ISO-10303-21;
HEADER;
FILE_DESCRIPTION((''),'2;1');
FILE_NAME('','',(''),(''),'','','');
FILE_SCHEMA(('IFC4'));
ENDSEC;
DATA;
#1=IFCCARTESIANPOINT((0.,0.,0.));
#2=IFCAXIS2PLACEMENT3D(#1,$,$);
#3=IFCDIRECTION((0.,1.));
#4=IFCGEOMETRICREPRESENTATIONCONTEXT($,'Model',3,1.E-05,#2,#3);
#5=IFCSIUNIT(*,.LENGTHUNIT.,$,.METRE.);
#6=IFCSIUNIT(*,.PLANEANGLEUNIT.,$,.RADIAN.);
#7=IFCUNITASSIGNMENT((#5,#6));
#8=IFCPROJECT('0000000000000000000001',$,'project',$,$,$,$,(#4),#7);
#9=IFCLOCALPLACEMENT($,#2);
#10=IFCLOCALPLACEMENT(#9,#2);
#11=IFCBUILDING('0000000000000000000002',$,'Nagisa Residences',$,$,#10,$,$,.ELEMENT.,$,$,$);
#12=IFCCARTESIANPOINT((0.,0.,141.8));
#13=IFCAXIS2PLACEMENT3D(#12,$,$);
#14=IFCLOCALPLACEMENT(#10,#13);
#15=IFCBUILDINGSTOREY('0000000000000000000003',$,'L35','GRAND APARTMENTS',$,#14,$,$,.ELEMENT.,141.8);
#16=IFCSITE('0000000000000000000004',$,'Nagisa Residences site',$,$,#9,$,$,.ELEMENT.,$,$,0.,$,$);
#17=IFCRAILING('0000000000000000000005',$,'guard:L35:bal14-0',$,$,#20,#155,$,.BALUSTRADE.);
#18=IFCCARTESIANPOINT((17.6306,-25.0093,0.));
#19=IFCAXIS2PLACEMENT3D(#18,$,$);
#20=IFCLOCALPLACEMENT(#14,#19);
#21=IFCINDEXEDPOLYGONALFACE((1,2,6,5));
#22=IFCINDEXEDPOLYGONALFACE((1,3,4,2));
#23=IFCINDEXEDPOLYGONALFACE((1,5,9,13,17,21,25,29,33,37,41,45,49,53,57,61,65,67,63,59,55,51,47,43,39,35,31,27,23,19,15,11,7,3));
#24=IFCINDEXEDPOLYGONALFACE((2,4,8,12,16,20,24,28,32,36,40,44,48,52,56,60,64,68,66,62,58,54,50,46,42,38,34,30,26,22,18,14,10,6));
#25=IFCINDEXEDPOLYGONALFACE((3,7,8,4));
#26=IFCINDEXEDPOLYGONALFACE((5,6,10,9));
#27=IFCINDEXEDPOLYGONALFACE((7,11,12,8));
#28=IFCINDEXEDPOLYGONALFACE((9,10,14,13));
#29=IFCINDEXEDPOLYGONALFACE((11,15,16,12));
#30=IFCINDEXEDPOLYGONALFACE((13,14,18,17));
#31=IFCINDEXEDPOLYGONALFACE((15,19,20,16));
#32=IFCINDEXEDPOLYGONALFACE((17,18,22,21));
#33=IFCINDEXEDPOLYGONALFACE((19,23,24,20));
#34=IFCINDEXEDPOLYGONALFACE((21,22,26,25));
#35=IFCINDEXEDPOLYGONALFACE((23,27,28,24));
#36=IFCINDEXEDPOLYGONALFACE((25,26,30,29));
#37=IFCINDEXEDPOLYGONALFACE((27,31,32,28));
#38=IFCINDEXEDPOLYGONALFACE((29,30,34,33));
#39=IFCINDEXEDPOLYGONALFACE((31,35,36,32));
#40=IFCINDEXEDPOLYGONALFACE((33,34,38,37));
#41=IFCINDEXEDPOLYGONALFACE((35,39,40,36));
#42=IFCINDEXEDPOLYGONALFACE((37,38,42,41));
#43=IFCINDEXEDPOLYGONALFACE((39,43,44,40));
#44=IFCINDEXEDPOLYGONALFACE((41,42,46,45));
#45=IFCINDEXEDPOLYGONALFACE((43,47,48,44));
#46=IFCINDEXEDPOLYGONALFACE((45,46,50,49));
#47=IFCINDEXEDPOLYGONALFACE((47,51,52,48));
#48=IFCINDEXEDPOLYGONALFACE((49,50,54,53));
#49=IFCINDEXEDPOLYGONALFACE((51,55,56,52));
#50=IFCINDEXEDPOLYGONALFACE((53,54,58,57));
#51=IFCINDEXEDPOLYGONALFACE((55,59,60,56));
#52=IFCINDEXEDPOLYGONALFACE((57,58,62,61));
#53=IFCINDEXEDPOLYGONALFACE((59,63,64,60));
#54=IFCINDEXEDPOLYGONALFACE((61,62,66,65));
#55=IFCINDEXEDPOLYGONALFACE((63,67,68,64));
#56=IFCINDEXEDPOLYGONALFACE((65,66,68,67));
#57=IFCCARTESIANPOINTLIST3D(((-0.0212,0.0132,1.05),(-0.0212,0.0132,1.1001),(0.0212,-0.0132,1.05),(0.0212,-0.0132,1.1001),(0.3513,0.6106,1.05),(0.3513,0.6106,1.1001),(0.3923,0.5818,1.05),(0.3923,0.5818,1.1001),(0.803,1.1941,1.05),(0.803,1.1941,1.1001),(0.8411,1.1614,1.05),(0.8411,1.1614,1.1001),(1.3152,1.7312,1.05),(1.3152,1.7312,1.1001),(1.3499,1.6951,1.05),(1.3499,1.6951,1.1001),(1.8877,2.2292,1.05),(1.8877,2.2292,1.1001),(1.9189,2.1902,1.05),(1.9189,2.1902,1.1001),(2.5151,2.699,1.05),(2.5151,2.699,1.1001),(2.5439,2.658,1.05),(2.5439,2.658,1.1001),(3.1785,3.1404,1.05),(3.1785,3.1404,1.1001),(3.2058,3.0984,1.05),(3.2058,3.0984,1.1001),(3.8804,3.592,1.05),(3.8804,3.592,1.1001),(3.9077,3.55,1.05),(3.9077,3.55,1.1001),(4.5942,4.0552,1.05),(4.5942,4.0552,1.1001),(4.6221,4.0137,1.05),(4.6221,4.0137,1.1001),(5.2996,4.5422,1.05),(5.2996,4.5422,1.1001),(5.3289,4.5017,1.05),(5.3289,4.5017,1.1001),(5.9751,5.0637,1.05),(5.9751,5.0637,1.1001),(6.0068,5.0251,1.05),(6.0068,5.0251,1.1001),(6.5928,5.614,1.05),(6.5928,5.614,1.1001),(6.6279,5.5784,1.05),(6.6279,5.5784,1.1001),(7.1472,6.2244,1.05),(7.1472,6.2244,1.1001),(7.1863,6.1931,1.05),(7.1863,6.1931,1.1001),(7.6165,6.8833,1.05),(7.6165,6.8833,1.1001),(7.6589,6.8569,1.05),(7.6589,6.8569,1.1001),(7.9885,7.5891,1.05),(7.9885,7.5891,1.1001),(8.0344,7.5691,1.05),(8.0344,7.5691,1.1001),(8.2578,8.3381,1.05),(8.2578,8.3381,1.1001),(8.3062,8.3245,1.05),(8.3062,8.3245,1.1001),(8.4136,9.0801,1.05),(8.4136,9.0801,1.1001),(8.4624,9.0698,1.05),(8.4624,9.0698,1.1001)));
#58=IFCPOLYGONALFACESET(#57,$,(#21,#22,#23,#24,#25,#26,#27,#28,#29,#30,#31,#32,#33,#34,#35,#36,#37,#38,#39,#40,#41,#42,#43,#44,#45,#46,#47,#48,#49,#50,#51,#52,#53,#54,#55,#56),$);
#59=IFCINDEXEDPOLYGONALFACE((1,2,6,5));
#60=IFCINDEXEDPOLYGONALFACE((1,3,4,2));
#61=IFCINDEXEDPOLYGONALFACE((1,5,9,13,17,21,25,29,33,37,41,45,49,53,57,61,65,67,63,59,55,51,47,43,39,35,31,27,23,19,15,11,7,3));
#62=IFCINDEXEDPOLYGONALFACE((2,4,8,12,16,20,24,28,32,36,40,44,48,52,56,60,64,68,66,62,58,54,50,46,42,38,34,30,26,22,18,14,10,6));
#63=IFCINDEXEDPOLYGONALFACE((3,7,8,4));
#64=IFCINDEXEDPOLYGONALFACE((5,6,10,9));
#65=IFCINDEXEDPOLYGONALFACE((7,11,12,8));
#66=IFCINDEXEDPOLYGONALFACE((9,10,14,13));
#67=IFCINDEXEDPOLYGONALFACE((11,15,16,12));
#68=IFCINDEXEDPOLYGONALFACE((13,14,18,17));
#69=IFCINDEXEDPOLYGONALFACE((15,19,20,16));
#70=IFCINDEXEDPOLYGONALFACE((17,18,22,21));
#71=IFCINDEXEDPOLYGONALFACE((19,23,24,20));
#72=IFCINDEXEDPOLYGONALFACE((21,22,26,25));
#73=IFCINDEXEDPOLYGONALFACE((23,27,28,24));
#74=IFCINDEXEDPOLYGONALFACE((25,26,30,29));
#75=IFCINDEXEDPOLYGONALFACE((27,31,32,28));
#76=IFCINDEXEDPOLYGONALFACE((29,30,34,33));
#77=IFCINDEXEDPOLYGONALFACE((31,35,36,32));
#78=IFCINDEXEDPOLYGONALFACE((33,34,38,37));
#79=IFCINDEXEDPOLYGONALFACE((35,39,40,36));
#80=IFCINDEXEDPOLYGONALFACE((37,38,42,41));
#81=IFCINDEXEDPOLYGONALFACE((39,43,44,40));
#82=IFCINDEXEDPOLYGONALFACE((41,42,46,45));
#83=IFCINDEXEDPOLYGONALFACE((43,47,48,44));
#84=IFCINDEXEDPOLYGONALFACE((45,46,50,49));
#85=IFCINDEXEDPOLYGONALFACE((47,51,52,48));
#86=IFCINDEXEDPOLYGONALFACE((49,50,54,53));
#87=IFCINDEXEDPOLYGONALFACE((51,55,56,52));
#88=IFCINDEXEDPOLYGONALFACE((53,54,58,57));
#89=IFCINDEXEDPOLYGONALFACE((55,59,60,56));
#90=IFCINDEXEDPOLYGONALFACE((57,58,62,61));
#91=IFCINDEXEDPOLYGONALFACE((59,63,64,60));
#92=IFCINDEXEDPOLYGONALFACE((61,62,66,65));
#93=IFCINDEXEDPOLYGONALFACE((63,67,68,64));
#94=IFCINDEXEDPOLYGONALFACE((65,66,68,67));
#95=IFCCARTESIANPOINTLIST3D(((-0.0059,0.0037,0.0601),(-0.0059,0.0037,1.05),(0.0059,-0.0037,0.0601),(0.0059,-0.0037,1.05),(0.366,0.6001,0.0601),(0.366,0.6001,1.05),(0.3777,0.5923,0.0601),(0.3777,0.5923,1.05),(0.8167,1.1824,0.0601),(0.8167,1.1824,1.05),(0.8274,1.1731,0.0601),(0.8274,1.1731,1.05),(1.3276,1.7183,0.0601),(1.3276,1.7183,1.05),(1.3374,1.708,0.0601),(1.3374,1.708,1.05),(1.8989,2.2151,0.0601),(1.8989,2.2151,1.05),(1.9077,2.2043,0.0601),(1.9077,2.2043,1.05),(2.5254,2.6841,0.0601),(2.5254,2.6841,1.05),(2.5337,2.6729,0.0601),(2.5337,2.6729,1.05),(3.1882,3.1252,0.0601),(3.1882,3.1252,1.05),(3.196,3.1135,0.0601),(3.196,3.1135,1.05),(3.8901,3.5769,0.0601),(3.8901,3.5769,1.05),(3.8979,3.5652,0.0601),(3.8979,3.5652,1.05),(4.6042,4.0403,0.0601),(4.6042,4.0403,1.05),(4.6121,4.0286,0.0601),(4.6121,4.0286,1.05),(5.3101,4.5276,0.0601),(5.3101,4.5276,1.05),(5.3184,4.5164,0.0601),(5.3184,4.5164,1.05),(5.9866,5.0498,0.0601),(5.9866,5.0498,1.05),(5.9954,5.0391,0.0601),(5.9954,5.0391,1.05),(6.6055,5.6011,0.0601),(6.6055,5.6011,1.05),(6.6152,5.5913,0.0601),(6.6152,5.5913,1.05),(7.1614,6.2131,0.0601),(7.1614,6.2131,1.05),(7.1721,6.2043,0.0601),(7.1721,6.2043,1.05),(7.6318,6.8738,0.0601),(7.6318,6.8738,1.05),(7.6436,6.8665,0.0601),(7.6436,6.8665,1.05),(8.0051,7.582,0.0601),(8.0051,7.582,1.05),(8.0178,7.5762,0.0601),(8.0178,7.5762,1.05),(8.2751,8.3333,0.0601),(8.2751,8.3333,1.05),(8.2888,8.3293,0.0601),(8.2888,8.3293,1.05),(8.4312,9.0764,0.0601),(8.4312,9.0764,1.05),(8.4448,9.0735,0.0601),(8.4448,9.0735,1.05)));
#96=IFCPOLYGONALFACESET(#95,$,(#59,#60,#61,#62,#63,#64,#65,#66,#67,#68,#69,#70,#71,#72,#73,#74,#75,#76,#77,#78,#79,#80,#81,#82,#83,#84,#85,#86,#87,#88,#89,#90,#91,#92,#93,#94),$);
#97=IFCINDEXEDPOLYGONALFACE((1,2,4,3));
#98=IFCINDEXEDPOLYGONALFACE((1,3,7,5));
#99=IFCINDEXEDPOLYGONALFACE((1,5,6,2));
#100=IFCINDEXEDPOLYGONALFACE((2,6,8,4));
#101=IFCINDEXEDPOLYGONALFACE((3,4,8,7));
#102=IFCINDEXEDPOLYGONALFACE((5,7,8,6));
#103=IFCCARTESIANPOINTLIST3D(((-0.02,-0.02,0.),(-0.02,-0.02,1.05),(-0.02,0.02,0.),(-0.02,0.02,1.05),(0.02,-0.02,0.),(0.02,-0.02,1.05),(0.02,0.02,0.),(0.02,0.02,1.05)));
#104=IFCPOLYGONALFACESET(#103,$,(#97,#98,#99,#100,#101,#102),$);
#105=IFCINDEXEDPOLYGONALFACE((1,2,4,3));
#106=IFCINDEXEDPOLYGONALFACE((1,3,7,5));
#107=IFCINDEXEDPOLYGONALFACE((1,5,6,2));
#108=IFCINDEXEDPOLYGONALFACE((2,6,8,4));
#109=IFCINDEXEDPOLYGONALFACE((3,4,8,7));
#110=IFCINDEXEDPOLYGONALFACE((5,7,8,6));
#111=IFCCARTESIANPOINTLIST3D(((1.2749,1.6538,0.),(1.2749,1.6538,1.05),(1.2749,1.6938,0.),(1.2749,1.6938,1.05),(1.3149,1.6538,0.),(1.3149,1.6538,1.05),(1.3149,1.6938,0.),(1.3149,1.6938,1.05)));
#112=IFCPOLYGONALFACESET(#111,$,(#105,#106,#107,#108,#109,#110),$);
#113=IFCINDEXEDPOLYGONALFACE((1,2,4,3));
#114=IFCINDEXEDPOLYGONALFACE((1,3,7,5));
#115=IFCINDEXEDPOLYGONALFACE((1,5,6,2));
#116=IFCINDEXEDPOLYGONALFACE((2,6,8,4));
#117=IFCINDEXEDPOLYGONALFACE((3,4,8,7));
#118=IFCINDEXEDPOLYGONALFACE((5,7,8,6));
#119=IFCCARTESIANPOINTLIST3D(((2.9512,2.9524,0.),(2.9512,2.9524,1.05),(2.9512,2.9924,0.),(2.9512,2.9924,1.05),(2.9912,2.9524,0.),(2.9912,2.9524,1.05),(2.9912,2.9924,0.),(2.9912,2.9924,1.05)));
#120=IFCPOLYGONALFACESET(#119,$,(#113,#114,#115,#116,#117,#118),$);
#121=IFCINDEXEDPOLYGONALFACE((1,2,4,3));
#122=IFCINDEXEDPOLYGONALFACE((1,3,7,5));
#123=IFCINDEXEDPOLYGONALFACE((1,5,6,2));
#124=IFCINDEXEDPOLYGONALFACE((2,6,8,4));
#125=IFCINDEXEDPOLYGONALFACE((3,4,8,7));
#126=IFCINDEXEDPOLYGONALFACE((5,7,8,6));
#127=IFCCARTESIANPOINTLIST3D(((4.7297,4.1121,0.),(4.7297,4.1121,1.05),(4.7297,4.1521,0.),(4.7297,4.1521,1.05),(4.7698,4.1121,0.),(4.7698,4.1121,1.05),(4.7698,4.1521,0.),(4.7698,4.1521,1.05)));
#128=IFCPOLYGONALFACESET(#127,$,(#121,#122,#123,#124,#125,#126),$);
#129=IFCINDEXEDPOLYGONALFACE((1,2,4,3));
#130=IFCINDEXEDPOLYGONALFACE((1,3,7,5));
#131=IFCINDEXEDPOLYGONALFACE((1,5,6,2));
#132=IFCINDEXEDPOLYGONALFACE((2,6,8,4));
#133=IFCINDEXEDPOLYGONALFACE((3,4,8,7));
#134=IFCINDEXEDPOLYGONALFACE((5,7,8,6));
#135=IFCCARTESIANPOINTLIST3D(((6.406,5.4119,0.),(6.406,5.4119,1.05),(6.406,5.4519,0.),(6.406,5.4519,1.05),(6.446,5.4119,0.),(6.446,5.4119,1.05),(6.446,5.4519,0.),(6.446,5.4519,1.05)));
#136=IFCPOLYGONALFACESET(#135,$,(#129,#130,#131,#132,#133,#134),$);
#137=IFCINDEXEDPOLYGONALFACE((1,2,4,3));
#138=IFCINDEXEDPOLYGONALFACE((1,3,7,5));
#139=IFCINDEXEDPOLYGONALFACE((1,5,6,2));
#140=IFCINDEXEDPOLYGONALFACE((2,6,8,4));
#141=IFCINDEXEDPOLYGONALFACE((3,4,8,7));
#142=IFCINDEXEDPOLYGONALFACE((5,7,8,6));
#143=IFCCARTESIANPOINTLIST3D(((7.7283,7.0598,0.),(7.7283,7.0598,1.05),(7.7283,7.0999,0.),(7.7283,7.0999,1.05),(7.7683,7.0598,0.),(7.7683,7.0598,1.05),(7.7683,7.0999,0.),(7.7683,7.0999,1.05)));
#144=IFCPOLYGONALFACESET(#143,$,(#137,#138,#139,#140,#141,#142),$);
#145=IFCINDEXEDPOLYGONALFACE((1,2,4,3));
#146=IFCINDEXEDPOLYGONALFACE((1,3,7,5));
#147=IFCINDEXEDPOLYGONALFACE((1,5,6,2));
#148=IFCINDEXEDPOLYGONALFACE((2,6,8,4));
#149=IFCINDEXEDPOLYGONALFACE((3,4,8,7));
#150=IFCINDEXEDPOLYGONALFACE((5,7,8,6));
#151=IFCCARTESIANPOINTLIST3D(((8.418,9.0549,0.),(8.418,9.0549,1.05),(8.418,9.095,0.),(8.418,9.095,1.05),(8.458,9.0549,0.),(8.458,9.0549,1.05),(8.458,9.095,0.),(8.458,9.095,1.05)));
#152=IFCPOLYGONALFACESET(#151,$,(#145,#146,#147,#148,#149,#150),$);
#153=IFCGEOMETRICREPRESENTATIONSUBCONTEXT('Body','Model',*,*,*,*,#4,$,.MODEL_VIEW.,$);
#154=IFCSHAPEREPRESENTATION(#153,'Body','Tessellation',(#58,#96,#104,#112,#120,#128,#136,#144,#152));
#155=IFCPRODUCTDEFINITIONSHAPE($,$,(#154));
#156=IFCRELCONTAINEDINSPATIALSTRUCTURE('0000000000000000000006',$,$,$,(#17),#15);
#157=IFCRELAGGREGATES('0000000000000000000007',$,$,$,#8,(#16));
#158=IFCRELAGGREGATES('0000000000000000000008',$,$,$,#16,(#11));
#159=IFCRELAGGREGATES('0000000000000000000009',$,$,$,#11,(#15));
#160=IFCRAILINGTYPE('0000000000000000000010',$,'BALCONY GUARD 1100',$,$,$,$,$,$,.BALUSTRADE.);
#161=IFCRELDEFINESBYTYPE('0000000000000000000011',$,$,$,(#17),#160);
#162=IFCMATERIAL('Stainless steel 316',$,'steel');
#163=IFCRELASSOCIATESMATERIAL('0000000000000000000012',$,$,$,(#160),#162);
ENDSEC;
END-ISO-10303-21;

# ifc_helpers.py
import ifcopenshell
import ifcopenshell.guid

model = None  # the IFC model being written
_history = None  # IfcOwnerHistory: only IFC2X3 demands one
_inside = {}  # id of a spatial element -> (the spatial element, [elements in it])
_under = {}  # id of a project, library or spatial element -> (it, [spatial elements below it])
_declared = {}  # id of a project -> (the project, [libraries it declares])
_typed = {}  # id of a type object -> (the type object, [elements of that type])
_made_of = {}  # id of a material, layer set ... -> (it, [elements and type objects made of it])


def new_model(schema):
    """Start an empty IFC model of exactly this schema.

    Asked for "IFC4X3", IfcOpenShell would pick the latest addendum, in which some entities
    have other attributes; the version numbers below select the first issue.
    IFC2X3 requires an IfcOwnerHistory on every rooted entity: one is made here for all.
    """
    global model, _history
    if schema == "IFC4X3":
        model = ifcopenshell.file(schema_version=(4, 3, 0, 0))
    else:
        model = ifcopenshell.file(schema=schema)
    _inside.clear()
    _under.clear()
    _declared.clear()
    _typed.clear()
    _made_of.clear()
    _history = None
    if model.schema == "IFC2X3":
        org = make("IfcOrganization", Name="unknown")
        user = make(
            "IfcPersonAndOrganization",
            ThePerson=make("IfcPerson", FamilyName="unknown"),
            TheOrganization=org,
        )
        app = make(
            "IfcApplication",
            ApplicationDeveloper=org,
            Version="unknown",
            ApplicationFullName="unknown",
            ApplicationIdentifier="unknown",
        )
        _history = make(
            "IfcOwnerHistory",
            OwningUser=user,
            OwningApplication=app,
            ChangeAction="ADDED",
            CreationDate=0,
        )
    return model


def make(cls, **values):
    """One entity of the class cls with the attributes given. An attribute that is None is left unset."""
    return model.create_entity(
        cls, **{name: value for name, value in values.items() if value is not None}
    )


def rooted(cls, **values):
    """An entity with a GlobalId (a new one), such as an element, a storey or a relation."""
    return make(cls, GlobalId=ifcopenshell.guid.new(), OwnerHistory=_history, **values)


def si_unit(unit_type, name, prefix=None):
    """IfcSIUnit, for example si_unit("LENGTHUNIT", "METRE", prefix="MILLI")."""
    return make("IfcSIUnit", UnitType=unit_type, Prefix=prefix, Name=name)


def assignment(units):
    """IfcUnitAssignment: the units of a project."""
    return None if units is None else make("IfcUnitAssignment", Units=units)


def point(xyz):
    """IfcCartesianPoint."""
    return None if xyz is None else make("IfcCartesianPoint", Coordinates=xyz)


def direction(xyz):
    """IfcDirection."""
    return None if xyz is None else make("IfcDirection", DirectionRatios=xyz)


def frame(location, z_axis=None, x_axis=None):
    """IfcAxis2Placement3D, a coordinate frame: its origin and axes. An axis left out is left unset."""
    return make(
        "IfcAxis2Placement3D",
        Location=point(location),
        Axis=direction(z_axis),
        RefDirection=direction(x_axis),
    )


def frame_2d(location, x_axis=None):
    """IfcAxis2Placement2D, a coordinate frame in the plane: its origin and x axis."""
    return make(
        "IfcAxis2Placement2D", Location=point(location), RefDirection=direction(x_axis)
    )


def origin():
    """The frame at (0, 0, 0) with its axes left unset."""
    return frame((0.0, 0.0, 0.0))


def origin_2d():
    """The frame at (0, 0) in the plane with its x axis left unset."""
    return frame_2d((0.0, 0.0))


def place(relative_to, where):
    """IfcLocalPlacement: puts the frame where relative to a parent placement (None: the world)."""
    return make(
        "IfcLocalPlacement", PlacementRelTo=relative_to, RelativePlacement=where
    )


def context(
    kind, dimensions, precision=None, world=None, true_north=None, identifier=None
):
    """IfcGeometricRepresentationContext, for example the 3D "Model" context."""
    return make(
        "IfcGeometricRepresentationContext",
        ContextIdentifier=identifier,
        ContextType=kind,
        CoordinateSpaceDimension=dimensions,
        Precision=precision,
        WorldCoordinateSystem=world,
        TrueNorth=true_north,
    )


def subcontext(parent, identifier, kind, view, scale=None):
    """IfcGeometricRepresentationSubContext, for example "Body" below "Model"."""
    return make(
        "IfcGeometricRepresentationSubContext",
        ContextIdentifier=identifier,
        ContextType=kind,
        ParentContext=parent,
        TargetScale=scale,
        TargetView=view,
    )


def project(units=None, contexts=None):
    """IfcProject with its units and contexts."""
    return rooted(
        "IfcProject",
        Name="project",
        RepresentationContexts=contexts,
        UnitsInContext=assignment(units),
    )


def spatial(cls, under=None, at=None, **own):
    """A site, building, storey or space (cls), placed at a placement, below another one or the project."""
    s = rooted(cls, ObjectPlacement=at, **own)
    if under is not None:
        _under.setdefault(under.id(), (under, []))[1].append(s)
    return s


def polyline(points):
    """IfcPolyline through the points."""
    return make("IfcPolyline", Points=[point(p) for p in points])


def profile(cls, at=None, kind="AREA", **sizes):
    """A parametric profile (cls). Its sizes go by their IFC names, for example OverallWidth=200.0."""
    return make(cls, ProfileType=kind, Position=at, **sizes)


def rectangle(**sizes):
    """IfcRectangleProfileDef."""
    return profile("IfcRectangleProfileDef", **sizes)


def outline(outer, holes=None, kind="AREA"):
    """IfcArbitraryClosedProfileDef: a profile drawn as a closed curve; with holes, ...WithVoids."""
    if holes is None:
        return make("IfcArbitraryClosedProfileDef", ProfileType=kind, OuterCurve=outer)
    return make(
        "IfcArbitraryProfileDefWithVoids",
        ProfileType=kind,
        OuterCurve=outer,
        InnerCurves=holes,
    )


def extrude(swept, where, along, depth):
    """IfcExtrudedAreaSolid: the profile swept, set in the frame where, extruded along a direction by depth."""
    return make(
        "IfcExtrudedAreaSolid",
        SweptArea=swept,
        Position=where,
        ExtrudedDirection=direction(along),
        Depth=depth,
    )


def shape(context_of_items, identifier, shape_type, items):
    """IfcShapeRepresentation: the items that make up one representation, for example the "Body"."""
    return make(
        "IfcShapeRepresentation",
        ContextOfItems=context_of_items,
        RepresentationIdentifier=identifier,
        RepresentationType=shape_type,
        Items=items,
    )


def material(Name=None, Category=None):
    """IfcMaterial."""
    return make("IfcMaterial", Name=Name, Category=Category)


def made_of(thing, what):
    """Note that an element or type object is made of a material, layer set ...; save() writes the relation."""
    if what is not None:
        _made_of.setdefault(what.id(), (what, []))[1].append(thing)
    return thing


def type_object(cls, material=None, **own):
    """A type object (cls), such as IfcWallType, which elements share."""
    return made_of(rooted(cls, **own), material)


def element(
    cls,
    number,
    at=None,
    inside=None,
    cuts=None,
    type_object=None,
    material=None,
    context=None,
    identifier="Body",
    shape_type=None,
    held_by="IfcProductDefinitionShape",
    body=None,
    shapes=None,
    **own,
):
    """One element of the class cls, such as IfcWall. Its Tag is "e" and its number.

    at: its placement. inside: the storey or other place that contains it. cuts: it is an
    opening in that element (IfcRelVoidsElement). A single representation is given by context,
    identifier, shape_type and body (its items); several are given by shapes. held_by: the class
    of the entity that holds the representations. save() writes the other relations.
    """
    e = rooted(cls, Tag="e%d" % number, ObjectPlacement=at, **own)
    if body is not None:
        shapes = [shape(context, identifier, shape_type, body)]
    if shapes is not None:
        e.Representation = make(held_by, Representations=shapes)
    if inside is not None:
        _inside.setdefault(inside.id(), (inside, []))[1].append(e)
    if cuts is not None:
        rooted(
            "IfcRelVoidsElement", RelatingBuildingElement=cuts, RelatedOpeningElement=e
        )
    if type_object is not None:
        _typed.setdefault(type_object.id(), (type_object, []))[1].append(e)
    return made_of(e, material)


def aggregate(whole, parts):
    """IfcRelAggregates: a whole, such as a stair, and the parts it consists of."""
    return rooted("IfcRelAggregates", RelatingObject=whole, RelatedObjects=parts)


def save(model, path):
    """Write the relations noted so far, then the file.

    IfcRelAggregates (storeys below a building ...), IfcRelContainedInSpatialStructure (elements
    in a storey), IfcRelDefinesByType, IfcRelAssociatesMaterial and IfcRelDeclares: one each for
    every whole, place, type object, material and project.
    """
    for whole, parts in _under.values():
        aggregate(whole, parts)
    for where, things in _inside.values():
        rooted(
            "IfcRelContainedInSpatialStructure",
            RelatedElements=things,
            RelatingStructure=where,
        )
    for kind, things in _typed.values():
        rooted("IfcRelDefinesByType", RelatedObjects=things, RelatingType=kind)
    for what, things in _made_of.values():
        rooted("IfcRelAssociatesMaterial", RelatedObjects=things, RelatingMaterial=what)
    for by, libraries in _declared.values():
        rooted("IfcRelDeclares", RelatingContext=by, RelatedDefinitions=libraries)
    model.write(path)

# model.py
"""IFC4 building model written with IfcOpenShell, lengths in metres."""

from ifc_helpers import new_model, si_unit, direction, frame, origin, origin_2d, place, context, subcontext, project, spatial, polyline, rectangle, outline, extrude, material, type_object, element, save


model = new_model("IFC4")

# Units and contexts
model_context = context("Model", 3, precision=1e-05, world=origin(), true_north=direction((0.0, 1.0)))
body_context = subcontext(model_context, "Body", "Model", "MODEL_VIEW")
ifc_project = project(units=[si_unit("LENGTHUNIT", "METRE"), si_unit("PLANEANGLEUNIT", "RADIAN")], contexts=[model_context])

# Site, building, storey
site_placement = place(None, origin())
site = spatial("IfcSite", under=ifc_project, at=site_placement, Name="Nagisa Residences site", CompositionType="ELEMENT", RefElevation=0.0)
building_placement = place(site_placement, origin())
building = spatial("IfcBuilding", under=site, at=building_placement, Name="Nagisa Residences", CompositionType="ELEMENT")
storey_placement = place(building_placement, frame((0.0, 0.0, 141.8)))
storey = spatial("IfcBuildingStorey", under=building, at=storey_placement, Name="L35", Description="GRAND APARTMENTS", CompositionType="ELEMENT", Elevation=141.8)

# Railing
ifc_material_1 = material(Name="Stainless steel 316", Category="steel")
railing_type = type_object("IfcRailingType", Name="BALCONY GUARD 1100", PredefinedType="BALUSTRADE", material=ifc_material_1)
railing_1_placement = place(storey_placement, frame((17.6306, -25.0093, 0.0)))
element("IfcRailing", 1, at=railing_1_placement, inside=storey, type_object=railing_type, Name="guard:L35:bal14-0", PredefinedType="BALUSTRADE", context=body_context, shape_type="SweptSolid", body=[
    extrude(outline(polyline([(0.3513, 0.6106), (-0.0212, 0.0132), (0.0212, -0.0132), (0.3923, 0.5818), (0.8411, 1.1614), (1.3499, 1.6951), (1.9189, 2.1902), (2.5439, 2.658), (3.2058, 3.0984), (3.9077, 3.55), (4.6221, 4.0137), (5.3289, 4.5017), (6.0068, 5.0251), (6.6279, 5.5784), (7.1863, 6.1931), (7.6589, 6.8569), (8.0344, 7.5691), (8.3062, 8.3245), (8.4624, 9.0698), (8.4136, 9.0801), (8.2578, 8.3381), (7.9885, 7.5891), (7.6165, 6.8833), (7.1472, 6.2244), (6.5928, 5.614), (5.9751, 5.0637), (5.2996, 4.5422), (4.5942, 4.0552), (3.8804, 3.592), (3.1785, 3.1404), (2.5151, 2.699), (1.8877, 2.2292), (1.3152, 1.7312), (0.803, 1.1941), (0.3513, 0.6106)])), frame((0.0, 0.0, 1.05)), (0.0, 0.0, 1.0), 0.05),
    extrude(outline(polyline([(0.366, 0.6001), (-0.0059, 0.0037), (0.0059, -0.0037), (0.3777, 0.5923), (0.8274, 1.1731), (1.3374, 1.708), (1.9077, 2.2043), (2.5337, 2.6729), (3.196, 3.1135), (3.8979, 3.5652), (4.6121, 4.0286), (5.3184, 4.5164), (5.9954, 5.0391), (6.6152, 5.5913), (7.1721, 6.2043), (7.6436, 6.8665), (8.0178, 7.5762), (8.2888, 8.3293), (8.4448, 9.0735), (8.4312, 9.0764), (8.2751, 8.3333), (8.0051, 7.582), (7.6318, 6.8738), (7.1614, 6.2131), (6.6055, 5.6011), (5.9866, 5.0498), (5.3101, 4.5276), (4.6042, 4.0403), (3.8901, 3.5769), (3.1882, 3.1252), (2.5254, 2.6841), (1.8989, 2.2151), (1.3276, 1.7183), (0.8167, 1.1824), (0.366, 0.6001)])), frame((0.0, 0.0, 0.0601)), (0.0, 0.0, 1.0), 0.99),
    extrude(rectangle(XDim=0.04, YDim=0.04, at=origin_2d()), origin(), (0.0, 0.0, 1.0), 1.05),
    extrude(rectangle(XDim=0.04, YDim=0.04, at=origin_2d()), frame((1.2949, 1.6738, 0.0)), (0.0, 0.0, 1.0), 1.05),
    extrude(rectangle(XDim=0.04, YDim=0.04, at=origin_2d()), frame((2.9712, 2.9724, 0.0)), (0.0, 0.0, 1.0), 1.05),
    extrude(rectangle(XDim=0.04, YDim=0.04, at=origin_2d()), frame((4.7498, 4.1321, 0.0)), (0.0, 0.0, 1.0), 1.05),
    extrude(rectangle(XDim=0.04, YDim=0.04, at=origin_2d()), frame((6.426, 5.4319, 0.0)), (0.0, 0.0, 1.0), 1.05),
    extrude(rectangle(XDim=0.04, YDim=0.04, at=origin_2d()), frame((7.7483, 7.0798, 0.0)), (0.0, 0.0, 1.0), 1.05),
    extrude(rectangle(XDim=0.04, YDim=0.04, at=origin_2d()), frame((8.438, 9.075, 0.0)), (0.0, 0.0, 1.0), 1.05),
])

save(model, "model.ifc")
